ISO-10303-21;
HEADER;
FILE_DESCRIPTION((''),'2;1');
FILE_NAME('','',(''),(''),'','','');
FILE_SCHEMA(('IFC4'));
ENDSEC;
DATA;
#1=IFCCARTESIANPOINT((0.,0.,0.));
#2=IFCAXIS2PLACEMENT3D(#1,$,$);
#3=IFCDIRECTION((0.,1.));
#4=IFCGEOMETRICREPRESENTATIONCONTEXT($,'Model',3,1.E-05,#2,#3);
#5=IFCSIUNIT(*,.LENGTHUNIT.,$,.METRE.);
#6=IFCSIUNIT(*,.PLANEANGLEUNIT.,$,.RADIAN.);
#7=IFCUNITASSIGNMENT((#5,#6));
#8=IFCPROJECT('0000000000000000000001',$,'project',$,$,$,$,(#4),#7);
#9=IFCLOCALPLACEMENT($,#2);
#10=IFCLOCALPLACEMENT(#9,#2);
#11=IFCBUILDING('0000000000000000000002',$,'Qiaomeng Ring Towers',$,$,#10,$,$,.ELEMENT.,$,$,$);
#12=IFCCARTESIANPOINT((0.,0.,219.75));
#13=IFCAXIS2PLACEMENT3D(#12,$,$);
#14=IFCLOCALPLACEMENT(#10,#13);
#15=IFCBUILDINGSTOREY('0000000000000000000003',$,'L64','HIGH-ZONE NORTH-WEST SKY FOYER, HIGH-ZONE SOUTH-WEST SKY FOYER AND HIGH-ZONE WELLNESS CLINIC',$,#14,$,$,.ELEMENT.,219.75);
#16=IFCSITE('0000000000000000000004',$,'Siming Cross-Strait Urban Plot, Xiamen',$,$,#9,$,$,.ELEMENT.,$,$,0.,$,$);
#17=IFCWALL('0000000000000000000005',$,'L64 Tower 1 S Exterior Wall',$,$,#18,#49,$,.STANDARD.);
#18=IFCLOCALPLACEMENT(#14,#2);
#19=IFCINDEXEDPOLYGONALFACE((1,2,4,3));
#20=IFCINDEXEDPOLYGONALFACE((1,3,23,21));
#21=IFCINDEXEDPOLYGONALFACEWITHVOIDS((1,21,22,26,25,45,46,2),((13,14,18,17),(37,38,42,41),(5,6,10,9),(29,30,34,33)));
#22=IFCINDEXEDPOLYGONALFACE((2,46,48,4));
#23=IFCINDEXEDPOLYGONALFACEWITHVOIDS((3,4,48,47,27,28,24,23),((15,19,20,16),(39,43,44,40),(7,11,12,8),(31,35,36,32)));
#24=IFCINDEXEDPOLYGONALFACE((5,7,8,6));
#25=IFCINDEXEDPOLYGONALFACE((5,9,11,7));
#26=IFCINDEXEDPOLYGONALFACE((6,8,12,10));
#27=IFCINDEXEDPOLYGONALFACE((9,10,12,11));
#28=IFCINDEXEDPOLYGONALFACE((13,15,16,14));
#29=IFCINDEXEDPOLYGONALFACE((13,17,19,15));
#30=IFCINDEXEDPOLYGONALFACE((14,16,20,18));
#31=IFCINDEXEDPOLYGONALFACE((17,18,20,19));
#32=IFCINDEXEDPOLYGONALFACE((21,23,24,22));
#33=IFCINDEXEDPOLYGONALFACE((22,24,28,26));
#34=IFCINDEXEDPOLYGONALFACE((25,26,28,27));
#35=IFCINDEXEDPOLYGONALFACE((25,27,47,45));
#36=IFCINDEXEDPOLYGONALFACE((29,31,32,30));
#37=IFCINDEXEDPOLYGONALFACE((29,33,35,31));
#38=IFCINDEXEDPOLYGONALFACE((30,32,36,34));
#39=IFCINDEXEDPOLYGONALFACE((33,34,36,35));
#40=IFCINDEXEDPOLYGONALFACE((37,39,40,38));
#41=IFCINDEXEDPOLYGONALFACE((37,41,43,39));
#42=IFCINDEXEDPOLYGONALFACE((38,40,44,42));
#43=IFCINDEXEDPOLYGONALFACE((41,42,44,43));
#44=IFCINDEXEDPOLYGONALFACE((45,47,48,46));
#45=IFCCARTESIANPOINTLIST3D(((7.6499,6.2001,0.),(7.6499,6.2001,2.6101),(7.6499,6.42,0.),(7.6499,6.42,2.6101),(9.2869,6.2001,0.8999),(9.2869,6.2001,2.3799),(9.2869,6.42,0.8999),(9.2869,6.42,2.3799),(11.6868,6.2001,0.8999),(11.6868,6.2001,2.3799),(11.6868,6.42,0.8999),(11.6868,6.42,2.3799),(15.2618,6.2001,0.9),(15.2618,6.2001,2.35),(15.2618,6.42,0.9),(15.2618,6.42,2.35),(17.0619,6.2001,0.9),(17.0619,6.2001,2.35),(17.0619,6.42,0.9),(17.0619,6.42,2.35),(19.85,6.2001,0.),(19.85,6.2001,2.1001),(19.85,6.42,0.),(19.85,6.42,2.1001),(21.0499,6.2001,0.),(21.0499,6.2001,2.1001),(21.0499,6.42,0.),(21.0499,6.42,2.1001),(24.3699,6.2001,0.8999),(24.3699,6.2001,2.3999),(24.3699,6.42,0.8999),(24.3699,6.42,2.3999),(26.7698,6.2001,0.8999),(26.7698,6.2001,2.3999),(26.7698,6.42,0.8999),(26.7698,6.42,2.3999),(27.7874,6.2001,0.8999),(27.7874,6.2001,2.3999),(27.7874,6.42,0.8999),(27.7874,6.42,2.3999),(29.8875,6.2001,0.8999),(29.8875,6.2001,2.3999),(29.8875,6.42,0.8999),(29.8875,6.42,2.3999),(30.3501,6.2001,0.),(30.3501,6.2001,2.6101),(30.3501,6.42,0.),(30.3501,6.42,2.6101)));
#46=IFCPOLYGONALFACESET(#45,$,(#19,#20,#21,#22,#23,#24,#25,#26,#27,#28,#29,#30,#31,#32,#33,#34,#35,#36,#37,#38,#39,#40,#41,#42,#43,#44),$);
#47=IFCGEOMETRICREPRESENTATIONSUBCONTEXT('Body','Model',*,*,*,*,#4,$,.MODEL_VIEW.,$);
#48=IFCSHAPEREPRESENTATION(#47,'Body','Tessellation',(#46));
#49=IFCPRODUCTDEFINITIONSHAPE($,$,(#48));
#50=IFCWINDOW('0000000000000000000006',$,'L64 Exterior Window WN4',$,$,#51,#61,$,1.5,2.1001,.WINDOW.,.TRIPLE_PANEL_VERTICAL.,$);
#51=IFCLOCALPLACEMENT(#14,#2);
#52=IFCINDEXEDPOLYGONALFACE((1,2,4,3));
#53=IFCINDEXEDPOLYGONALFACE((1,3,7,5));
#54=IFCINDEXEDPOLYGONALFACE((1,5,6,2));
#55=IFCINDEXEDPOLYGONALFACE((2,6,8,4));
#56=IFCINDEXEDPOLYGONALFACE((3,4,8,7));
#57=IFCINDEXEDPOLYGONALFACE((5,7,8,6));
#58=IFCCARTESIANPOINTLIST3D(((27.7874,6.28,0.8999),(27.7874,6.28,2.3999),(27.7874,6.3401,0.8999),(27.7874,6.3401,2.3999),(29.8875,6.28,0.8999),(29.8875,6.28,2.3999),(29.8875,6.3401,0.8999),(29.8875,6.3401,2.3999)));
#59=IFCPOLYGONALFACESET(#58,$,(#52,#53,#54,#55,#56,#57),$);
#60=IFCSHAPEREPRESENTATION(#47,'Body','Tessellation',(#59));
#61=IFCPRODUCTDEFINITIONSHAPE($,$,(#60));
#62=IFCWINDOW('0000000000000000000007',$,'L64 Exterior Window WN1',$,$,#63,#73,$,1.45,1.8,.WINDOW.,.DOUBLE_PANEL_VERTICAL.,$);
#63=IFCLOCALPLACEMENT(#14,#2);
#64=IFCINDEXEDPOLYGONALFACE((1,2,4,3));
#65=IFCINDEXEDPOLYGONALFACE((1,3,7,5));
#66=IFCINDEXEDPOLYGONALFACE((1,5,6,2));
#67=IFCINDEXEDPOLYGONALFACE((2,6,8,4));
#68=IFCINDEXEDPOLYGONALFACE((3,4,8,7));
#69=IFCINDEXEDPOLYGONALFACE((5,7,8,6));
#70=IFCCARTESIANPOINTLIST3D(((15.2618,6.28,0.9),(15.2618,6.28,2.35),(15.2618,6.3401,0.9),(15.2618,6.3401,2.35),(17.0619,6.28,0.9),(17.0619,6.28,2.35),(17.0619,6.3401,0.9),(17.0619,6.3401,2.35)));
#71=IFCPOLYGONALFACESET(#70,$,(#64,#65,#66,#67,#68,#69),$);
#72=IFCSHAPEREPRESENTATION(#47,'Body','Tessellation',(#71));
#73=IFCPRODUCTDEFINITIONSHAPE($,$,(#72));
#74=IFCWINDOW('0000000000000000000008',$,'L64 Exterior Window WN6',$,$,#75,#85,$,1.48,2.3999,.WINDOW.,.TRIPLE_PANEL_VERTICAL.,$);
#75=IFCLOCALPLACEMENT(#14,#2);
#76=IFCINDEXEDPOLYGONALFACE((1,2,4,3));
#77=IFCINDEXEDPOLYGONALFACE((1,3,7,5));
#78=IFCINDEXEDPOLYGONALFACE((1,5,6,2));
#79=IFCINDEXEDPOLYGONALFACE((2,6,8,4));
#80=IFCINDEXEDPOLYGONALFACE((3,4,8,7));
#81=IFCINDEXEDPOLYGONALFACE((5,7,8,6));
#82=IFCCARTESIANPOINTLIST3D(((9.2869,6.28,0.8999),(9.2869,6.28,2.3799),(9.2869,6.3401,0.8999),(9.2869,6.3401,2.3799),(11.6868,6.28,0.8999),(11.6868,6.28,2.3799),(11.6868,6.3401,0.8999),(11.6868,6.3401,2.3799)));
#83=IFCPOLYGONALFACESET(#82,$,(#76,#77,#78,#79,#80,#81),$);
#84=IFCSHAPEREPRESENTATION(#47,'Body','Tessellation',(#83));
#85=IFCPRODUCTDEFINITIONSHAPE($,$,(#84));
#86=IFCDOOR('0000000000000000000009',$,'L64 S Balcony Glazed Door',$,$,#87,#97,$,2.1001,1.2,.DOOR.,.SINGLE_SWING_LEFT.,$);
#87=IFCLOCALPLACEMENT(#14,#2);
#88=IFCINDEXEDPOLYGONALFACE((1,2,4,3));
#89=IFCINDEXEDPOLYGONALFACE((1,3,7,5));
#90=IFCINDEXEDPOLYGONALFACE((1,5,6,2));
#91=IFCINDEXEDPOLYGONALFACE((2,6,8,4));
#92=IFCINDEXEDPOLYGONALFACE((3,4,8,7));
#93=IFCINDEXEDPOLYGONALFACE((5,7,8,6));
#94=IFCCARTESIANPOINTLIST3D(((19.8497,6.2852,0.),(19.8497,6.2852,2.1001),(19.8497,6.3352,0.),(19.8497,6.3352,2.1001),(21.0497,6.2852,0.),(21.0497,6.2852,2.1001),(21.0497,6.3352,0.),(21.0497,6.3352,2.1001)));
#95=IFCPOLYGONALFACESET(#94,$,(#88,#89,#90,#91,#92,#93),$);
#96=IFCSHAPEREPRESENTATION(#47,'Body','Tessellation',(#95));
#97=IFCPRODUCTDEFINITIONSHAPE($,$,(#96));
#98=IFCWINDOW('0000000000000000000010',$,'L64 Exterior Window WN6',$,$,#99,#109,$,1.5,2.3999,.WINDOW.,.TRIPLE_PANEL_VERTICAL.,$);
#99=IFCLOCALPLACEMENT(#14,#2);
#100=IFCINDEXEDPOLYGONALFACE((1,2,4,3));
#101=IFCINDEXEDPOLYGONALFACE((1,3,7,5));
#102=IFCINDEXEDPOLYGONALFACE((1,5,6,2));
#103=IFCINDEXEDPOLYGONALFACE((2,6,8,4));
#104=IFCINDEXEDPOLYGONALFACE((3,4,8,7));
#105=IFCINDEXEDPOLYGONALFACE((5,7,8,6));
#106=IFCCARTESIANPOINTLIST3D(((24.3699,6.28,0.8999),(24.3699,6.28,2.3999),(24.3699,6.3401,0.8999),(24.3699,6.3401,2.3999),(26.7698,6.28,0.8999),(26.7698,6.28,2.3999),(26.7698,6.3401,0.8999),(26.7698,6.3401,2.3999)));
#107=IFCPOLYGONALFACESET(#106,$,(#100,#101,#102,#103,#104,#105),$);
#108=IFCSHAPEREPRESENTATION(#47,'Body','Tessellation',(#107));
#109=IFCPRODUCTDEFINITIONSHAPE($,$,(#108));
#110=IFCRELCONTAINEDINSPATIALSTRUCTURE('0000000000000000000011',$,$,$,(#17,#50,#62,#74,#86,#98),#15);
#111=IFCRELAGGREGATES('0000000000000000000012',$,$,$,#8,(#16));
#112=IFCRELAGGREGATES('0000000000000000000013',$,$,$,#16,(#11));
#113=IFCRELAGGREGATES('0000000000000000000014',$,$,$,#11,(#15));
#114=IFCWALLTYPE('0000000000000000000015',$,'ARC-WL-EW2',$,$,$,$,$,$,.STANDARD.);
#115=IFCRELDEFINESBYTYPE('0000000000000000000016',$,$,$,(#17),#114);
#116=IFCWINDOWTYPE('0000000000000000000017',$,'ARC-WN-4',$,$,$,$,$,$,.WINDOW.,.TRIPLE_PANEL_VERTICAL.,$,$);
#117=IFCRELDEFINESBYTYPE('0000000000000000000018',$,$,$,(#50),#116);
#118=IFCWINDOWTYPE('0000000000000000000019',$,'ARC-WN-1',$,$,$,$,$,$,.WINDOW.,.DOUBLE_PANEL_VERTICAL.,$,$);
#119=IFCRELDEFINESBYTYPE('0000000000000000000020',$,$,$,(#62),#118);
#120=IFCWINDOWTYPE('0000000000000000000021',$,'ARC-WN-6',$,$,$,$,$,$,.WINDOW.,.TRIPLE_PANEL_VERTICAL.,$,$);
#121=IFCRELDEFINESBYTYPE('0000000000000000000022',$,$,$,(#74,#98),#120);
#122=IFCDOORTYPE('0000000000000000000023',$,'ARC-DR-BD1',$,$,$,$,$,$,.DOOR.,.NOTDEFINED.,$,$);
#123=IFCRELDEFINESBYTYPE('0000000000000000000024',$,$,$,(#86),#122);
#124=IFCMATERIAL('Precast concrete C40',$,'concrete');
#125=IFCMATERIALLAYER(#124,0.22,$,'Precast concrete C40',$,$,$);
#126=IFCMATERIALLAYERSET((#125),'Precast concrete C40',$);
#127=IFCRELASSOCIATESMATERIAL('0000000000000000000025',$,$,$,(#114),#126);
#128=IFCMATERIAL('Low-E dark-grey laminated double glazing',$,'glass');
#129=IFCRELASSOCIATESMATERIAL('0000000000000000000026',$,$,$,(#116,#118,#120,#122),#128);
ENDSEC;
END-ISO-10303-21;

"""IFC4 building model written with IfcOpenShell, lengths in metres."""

from ifc_helpers import new_model, si_unit, direction, frame, frame_2d, origin, place, context, subcontext, project, spatial, rectangle, extrude, source, transform, mapped, material, layer, layer_set, type_object, element, fill, save


model = new_model("IFC4")

# Units and contexts
model_context = context("Model", 3, precision=1e-05, world=origin(), true_north=direction((0.0, 1.0)))
body_context = subcontext(model_context, "Body", "Model", "MODEL_VIEW")
ifc_project = project(units=[si_unit("LENGTHUNIT", "METRE"), si_unit("PLANEANGLEUNIT", "RADIAN")], contexts=[model_context])

# Site, building, storey
site_placement = place(None, origin())
site = spatial("IfcSite", under=ifc_project, at=site_placement, Name="Siming Cross-Strait Urban Plot, Xiamen", CompositionType="ELEMENT", RefElevation=0.0)
building_placement = place(site_placement, origin())
building = spatial("IfcBuilding", under=site, at=building_placement, Name="Qiaomeng Ring Towers", CompositionType="ELEMENT")
storey_placement = place(building_placement, frame((0.0, 0.0, 219.75)))
storey = spatial("IfcBuildingStorey", under=building, at=storey_placement, Name="L64", Description="HIGH-ZONE NORTH-WEST SKY FOYER, HIGH-ZONE SOUTH-WEST SKY FOYER AND HIGH-ZONE WELLNESS CLINIC", CompositionType="ELEMENT", Elevation=219.75)

# Shared definitions
ifc_material_1 = material(Name="Low-E dark-grey laminated double glazing", Category="glass")

# Wall, openings, windows, door
ifc_material_2 = material(Name="Precast concrete C40", Category="concrete")
ifc_layer_1 = layer(ifc_material_2, 0.22, Name="Precast concrete C40")
ifc_layer_set_1 = layer_set([ifc_layer_1], Name="Precast concrete C40")
wall_type = type_object("IfcWallType", Name="ARC-WL-EW2", PredefinedType="STANDARD", material=ifc_layer_set_1)
wall_placement = place(storey_placement, frame((7.6499, 6.3101, 0.0), z_axis=(0.0, 0.0, 1.0), x_axis=(1.0, 0.0, 0.0)))
wall = element("IfcWall", 1, at=wall_placement, inside=storey, type_object=wall_type, Name="L64 Tower 1 S Exterior Wall", PredefinedType="STANDARD", context=body_context, shape_type="SweptSolid", body=[
    extrude(rectangle(XDim=22.7002, YDim=0.22, at=frame_2d((11.3501, 0.0))), origin(), (0.0, 0.0, 1.0), 2.6101),
])
opening_1_placement = place(wall_placement, frame((12.2, 0.0, 0.0)))
opening_1 = element("IfcOpeningElement", 2, at=opening_1_placement, cuts=wall, PredefinedType="OPENING", context=body_context, shape_type="SweptSolid", body=[
    extrude(rectangle(XDim=1.2, YDim=2.1001, at=frame_2d((0.6001, 1.05))), frame((0.0, 0.1199, 0.0), z_axis=(0.0, -1.0, 0.0), x_axis=(1.0, 0.0, 0.0)), (0.0, 0.0, 1.0), 0.24),
])
opening_2_placement = place(wall_placement, frame((1.637, 0.0, 0.8999)))
opening_2 = element("IfcOpeningElement", 3, at=opening_2_placement, cuts=wall, PredefinedType="OPENING", context=body_context, shape_type="SweptSolid", body=[
    extrude(rectangle(XDim=2.3999, YDim=1.48, at=frame_2d((1.2, 0.74))), frame((0.0, 0.1199, 0.0), z_axis=(0.0, -1.0, 0.0), x_axis=(1.0, 0.0, 0.0)), (0.0, 0.0, 1.0), 0.24),
])
opening_3_placement = place(wall_placement, frame((7.6121, 0.0, 0.8999)))
opening_3 = element("IfcOpeningElement", 4, at=opening_3_placement, cuts=wall, PredefinedType="OPENING", context=body_context, shape_type="SweptSolid", body=[
    extrude(rectangle(XDim=1.8, YDim=1.45, at=frame_2d((0.8999, 0.7251))), frame((0.0, 0.1199, 0.0), z_axis=(0.0, -1.0, 0.0), x_axis=(1.0, 0.0, 0.0)), (0.0, 0.0, 1.0), 0.24),
])
opening_4_placement = place(wall_placement, frame((20.1375, 0.0, 0.8999)))
opening_4 = element("IfcOpeningElement", 5, at=opening_4_placement, cuts=wall, PredefinedType="OPENING", context=body_context, shape_type="SweptSolid", body=[
    extrude(rectangle(XDim=2.1001, YDim=1.5, at=frame_2d((1.05, 0.75))), frame((0.0, 0.1199, 0.0), z_axis=(0.0, -1.0, 0.0), x_axis=(1.0, 0.0, 0.0)), (0.0, 0.0, 1.0), 0.24),
])
opening_5_placement = place(wall_placement, frame((16.72, 0.0, 0.8999)))
opening_5 = element("IfcOpeningElement", 6, at=opening_5_placement, cuts=wall, PredefinedType="OPENING", context=body_context, shape_type="SweptSolid", body=[
    extrude(rectangle(XDim=2.3999, YDim=1.5, at=frame_2d((1.2, 0.75))), frame((0.0, 0.1199, 0.0), z_axis=(0.0, -1.0, 0.0), x_axis=(1.0, 0.0, 0.0)), (0.0, 0.0, 1.0), 0.24),
])
window_type_1 = type_object("IfcWindowType", Name="ARC-WN-4", PartitioningType="TRIPLE_PANEL_VERTICAL", PredefinedType="WINDOW", material=ifc_material_1)
shared_shape_1 = source(origin(), body_context, "Body", "SweptSolid", [
    extrude(rectangle(XDim=2.1001, YDim=1.5, at=frame_2d((1.05, 0.75))), frame((0.0, 0.03, 0.0), z_axis=(0.0, -1.0, 0.0), x_axis=(1.0, 0.0, 0.0)), (0.0, 0.0, 1.0), 0.0601),
])
window_1_placement = place(opening_4_placement, origin())
window_1 = element("IfcWindow", 7, at=window_1_placement, inside=storey, type_object=window_type_1, Name="L64 Exterior Window WN4", OverallHeight=1.5, OverallWidth=2.1001, PartitioningType="TRIPLE_PANEL_VERTICAL", PredefinedType="WINDOW", context=body_context, shape_type="MappedRepresentation", body=[
    mapped(shared_shape_1, transform((0.0, 0.0, 0.0), x_axis=(1.0, 0.0, 0.0), y_axis=(0.0, 1.0, 0.0), z_axis=(0.0, 0.0, 1.0), scale=1.0)),
])
fill(opening_4, window_1)
window_type_2 = type_object("IfcWindowType", Name="ARC-WN-1", PartitioningType="DOUBLE_PANEL_VERTICAL", PredefinedType="WINDOW", material=ifc_material_1)
shared_shape_2 = source(origin(), body_context, "Body", "SweptSolid", [
    extrude(rectangle(XDim=1.8, YDim=1.45, at=frame_2d((0.8999, 0.7251))), frame((0.0, 0.03, 0.0), z_axis=(0.0, -1.0, 0.0), x_axis=(1.0, 0.0, 0.0)), (0.0, 0.0, 1.0), 0.0601),
])
window_2_placement = place(opening_3_placement, origin())
window_2 = element("IfcWindow", 8, at=window_2_placement, inside=storey, type_object=window_type_2, Name="L64 Exterior Window WN1", OverallHeight=1.45, OverallWidth=1.8, PartitioningType="DOUBLE_PANEL_VERTICAL", PredefinedType="WINDOW", context=body_context, shape_type="MappedRepresentation", body=[
    mapped(shared_shape_2, transform((0.0, 0.0, 0.0), x_axis=(1.0, 0.0, 0.0), y_axis=(0.0, 1.0, 0.0), z_axis=(0.0, 0.0, 1.0), scale=1.0)),
])
fill(opening_3, window_2)
window_type_3 = type_object("IfcWindowType", Name="ARC-WN-6", PartitioningType="TRIPLE_PANEL_VERTICAL", PredefinedType="WINDOW", material=ifc_material_1)
shared_shape_3 = source(origin(), body_context, "Body", "SweptSolid", [
    extrude(rectangle(XDim=2.3999, YDim=1.48, at=frame_2d((1.2, 0.74))), frame((0.0, 0.03, 0.0), z_axis=(0.0, -1.0, 0.0), x_axis=(1.0, 0.0, 0.0)), (0.0, 0.0, 1.0), 0.0601),
])
window_3_placement = place(opening_2_placement, origin())
window_3 = element("IfcWindow", 9, at=window_3_placement, inside=storey, type_object=window_type_3, Name="L64 Exterior Window WN6", OverallHeight=1.48, OverallWidth=2.3999, PartitioningType="TRIPLE_PANEL_VERTICAL", PredefinedType="WINDOW", context=body_context, shape_type="MappedRepresentation", body=[
    mapped(shared_shape_3, transform((0.0, 0.0, 0.0), x_axis=(1.0, 0.0, 0.0), y_axis=(0.0, 1.0, 0.0), z_axis=(0.0, 0.0, 1.0), scale=1.0)),
])
fill(opening_2, window_3)
door_type = type_object("IfcDoorType", Name="ARC-DR-BD1", OperationType="NOTDEFINED", PredefinedType="DOOR", material=ifc_material_1)
shared_shape_4 = source(origin(), body_context, "Body", "SweptSolid", [
    extrude(rectangle(XDim=1.2, YDim=2.1001, at=frame_2d((0.6001, 1.05))), frame((0.0, 0.0249, 0.0), z_axis=(0.0, -1.0, 0.0), x_axis=(1.0, 0.0, 0.0)), (0.0, 0.0, 1.0), 0.05),
])
door_placement = place(opening_1_placement, frame((1.2, 0.0, 0.0), z_axis=(0.0, 0.0, 1.0), x_axis=(-1.0, 0.0, 0.0)))
door = element("IfcDoor", 10, at=door_placement, inside=storey, type_object=door_type, Name="L64 S Balcony Glazed Door", OperationType="SINGLE_SWING_LEFT", OverallHeight=2.1001, OverallWidth=1.2, PredefinedType="DOOR", context=body_context, shape_type="MappedRepresentation", body=[
    mapped(shared_shape_4, transform((0.0, 0.0, 0.0), x_axis=(1.0, 0.0, 0.0), y_axis=(0.0, 1.0, 0.0), z_axis=(0.0, 0.0, 1.0), scale=1.0)),
])
fill(opening_1, door)
shared_shape_5 = source(origin(), body_context, "Body", "SweptSolid", [
    extrude(rectangle(XDim=2.3999, YDim=1.5, at=frame_2d((1.2, 0.75))), frame((0.0, 0.03, 0.0), z_axis=(0.0, -1.0, 0.0), x_axis=(1.0, 0.0, 0.0)), (0.0, 0.0, 1.0), 0.0601),
])
window_4_placement = place(opening_5_placement, origin())
window_4 = element("IfcWindow", 11, at=window_4_placement, inside=storey, type_object=window_type_3, Name="L64 Exterior Window WN6", OverallHeight=1.5, OverallWidth=2.3999, PartitioningType="TRIPLE_PANEL_VERTICAL", PredefinedType="WINDOW", context=body_context, shape_type="MappedRepresentation", body=[
    mapped(shared_shape_5, transform((0.0, 0.0, 0.0), x_axis=(1.0, 0.0, 0.0), y_axis=(0.0, 1.0, 0.0), z_axis=(0.0, 0.0, 1.0), scale=1.0)),
])
fill(opening_5, window_4)

save(model, "model.ifc")
